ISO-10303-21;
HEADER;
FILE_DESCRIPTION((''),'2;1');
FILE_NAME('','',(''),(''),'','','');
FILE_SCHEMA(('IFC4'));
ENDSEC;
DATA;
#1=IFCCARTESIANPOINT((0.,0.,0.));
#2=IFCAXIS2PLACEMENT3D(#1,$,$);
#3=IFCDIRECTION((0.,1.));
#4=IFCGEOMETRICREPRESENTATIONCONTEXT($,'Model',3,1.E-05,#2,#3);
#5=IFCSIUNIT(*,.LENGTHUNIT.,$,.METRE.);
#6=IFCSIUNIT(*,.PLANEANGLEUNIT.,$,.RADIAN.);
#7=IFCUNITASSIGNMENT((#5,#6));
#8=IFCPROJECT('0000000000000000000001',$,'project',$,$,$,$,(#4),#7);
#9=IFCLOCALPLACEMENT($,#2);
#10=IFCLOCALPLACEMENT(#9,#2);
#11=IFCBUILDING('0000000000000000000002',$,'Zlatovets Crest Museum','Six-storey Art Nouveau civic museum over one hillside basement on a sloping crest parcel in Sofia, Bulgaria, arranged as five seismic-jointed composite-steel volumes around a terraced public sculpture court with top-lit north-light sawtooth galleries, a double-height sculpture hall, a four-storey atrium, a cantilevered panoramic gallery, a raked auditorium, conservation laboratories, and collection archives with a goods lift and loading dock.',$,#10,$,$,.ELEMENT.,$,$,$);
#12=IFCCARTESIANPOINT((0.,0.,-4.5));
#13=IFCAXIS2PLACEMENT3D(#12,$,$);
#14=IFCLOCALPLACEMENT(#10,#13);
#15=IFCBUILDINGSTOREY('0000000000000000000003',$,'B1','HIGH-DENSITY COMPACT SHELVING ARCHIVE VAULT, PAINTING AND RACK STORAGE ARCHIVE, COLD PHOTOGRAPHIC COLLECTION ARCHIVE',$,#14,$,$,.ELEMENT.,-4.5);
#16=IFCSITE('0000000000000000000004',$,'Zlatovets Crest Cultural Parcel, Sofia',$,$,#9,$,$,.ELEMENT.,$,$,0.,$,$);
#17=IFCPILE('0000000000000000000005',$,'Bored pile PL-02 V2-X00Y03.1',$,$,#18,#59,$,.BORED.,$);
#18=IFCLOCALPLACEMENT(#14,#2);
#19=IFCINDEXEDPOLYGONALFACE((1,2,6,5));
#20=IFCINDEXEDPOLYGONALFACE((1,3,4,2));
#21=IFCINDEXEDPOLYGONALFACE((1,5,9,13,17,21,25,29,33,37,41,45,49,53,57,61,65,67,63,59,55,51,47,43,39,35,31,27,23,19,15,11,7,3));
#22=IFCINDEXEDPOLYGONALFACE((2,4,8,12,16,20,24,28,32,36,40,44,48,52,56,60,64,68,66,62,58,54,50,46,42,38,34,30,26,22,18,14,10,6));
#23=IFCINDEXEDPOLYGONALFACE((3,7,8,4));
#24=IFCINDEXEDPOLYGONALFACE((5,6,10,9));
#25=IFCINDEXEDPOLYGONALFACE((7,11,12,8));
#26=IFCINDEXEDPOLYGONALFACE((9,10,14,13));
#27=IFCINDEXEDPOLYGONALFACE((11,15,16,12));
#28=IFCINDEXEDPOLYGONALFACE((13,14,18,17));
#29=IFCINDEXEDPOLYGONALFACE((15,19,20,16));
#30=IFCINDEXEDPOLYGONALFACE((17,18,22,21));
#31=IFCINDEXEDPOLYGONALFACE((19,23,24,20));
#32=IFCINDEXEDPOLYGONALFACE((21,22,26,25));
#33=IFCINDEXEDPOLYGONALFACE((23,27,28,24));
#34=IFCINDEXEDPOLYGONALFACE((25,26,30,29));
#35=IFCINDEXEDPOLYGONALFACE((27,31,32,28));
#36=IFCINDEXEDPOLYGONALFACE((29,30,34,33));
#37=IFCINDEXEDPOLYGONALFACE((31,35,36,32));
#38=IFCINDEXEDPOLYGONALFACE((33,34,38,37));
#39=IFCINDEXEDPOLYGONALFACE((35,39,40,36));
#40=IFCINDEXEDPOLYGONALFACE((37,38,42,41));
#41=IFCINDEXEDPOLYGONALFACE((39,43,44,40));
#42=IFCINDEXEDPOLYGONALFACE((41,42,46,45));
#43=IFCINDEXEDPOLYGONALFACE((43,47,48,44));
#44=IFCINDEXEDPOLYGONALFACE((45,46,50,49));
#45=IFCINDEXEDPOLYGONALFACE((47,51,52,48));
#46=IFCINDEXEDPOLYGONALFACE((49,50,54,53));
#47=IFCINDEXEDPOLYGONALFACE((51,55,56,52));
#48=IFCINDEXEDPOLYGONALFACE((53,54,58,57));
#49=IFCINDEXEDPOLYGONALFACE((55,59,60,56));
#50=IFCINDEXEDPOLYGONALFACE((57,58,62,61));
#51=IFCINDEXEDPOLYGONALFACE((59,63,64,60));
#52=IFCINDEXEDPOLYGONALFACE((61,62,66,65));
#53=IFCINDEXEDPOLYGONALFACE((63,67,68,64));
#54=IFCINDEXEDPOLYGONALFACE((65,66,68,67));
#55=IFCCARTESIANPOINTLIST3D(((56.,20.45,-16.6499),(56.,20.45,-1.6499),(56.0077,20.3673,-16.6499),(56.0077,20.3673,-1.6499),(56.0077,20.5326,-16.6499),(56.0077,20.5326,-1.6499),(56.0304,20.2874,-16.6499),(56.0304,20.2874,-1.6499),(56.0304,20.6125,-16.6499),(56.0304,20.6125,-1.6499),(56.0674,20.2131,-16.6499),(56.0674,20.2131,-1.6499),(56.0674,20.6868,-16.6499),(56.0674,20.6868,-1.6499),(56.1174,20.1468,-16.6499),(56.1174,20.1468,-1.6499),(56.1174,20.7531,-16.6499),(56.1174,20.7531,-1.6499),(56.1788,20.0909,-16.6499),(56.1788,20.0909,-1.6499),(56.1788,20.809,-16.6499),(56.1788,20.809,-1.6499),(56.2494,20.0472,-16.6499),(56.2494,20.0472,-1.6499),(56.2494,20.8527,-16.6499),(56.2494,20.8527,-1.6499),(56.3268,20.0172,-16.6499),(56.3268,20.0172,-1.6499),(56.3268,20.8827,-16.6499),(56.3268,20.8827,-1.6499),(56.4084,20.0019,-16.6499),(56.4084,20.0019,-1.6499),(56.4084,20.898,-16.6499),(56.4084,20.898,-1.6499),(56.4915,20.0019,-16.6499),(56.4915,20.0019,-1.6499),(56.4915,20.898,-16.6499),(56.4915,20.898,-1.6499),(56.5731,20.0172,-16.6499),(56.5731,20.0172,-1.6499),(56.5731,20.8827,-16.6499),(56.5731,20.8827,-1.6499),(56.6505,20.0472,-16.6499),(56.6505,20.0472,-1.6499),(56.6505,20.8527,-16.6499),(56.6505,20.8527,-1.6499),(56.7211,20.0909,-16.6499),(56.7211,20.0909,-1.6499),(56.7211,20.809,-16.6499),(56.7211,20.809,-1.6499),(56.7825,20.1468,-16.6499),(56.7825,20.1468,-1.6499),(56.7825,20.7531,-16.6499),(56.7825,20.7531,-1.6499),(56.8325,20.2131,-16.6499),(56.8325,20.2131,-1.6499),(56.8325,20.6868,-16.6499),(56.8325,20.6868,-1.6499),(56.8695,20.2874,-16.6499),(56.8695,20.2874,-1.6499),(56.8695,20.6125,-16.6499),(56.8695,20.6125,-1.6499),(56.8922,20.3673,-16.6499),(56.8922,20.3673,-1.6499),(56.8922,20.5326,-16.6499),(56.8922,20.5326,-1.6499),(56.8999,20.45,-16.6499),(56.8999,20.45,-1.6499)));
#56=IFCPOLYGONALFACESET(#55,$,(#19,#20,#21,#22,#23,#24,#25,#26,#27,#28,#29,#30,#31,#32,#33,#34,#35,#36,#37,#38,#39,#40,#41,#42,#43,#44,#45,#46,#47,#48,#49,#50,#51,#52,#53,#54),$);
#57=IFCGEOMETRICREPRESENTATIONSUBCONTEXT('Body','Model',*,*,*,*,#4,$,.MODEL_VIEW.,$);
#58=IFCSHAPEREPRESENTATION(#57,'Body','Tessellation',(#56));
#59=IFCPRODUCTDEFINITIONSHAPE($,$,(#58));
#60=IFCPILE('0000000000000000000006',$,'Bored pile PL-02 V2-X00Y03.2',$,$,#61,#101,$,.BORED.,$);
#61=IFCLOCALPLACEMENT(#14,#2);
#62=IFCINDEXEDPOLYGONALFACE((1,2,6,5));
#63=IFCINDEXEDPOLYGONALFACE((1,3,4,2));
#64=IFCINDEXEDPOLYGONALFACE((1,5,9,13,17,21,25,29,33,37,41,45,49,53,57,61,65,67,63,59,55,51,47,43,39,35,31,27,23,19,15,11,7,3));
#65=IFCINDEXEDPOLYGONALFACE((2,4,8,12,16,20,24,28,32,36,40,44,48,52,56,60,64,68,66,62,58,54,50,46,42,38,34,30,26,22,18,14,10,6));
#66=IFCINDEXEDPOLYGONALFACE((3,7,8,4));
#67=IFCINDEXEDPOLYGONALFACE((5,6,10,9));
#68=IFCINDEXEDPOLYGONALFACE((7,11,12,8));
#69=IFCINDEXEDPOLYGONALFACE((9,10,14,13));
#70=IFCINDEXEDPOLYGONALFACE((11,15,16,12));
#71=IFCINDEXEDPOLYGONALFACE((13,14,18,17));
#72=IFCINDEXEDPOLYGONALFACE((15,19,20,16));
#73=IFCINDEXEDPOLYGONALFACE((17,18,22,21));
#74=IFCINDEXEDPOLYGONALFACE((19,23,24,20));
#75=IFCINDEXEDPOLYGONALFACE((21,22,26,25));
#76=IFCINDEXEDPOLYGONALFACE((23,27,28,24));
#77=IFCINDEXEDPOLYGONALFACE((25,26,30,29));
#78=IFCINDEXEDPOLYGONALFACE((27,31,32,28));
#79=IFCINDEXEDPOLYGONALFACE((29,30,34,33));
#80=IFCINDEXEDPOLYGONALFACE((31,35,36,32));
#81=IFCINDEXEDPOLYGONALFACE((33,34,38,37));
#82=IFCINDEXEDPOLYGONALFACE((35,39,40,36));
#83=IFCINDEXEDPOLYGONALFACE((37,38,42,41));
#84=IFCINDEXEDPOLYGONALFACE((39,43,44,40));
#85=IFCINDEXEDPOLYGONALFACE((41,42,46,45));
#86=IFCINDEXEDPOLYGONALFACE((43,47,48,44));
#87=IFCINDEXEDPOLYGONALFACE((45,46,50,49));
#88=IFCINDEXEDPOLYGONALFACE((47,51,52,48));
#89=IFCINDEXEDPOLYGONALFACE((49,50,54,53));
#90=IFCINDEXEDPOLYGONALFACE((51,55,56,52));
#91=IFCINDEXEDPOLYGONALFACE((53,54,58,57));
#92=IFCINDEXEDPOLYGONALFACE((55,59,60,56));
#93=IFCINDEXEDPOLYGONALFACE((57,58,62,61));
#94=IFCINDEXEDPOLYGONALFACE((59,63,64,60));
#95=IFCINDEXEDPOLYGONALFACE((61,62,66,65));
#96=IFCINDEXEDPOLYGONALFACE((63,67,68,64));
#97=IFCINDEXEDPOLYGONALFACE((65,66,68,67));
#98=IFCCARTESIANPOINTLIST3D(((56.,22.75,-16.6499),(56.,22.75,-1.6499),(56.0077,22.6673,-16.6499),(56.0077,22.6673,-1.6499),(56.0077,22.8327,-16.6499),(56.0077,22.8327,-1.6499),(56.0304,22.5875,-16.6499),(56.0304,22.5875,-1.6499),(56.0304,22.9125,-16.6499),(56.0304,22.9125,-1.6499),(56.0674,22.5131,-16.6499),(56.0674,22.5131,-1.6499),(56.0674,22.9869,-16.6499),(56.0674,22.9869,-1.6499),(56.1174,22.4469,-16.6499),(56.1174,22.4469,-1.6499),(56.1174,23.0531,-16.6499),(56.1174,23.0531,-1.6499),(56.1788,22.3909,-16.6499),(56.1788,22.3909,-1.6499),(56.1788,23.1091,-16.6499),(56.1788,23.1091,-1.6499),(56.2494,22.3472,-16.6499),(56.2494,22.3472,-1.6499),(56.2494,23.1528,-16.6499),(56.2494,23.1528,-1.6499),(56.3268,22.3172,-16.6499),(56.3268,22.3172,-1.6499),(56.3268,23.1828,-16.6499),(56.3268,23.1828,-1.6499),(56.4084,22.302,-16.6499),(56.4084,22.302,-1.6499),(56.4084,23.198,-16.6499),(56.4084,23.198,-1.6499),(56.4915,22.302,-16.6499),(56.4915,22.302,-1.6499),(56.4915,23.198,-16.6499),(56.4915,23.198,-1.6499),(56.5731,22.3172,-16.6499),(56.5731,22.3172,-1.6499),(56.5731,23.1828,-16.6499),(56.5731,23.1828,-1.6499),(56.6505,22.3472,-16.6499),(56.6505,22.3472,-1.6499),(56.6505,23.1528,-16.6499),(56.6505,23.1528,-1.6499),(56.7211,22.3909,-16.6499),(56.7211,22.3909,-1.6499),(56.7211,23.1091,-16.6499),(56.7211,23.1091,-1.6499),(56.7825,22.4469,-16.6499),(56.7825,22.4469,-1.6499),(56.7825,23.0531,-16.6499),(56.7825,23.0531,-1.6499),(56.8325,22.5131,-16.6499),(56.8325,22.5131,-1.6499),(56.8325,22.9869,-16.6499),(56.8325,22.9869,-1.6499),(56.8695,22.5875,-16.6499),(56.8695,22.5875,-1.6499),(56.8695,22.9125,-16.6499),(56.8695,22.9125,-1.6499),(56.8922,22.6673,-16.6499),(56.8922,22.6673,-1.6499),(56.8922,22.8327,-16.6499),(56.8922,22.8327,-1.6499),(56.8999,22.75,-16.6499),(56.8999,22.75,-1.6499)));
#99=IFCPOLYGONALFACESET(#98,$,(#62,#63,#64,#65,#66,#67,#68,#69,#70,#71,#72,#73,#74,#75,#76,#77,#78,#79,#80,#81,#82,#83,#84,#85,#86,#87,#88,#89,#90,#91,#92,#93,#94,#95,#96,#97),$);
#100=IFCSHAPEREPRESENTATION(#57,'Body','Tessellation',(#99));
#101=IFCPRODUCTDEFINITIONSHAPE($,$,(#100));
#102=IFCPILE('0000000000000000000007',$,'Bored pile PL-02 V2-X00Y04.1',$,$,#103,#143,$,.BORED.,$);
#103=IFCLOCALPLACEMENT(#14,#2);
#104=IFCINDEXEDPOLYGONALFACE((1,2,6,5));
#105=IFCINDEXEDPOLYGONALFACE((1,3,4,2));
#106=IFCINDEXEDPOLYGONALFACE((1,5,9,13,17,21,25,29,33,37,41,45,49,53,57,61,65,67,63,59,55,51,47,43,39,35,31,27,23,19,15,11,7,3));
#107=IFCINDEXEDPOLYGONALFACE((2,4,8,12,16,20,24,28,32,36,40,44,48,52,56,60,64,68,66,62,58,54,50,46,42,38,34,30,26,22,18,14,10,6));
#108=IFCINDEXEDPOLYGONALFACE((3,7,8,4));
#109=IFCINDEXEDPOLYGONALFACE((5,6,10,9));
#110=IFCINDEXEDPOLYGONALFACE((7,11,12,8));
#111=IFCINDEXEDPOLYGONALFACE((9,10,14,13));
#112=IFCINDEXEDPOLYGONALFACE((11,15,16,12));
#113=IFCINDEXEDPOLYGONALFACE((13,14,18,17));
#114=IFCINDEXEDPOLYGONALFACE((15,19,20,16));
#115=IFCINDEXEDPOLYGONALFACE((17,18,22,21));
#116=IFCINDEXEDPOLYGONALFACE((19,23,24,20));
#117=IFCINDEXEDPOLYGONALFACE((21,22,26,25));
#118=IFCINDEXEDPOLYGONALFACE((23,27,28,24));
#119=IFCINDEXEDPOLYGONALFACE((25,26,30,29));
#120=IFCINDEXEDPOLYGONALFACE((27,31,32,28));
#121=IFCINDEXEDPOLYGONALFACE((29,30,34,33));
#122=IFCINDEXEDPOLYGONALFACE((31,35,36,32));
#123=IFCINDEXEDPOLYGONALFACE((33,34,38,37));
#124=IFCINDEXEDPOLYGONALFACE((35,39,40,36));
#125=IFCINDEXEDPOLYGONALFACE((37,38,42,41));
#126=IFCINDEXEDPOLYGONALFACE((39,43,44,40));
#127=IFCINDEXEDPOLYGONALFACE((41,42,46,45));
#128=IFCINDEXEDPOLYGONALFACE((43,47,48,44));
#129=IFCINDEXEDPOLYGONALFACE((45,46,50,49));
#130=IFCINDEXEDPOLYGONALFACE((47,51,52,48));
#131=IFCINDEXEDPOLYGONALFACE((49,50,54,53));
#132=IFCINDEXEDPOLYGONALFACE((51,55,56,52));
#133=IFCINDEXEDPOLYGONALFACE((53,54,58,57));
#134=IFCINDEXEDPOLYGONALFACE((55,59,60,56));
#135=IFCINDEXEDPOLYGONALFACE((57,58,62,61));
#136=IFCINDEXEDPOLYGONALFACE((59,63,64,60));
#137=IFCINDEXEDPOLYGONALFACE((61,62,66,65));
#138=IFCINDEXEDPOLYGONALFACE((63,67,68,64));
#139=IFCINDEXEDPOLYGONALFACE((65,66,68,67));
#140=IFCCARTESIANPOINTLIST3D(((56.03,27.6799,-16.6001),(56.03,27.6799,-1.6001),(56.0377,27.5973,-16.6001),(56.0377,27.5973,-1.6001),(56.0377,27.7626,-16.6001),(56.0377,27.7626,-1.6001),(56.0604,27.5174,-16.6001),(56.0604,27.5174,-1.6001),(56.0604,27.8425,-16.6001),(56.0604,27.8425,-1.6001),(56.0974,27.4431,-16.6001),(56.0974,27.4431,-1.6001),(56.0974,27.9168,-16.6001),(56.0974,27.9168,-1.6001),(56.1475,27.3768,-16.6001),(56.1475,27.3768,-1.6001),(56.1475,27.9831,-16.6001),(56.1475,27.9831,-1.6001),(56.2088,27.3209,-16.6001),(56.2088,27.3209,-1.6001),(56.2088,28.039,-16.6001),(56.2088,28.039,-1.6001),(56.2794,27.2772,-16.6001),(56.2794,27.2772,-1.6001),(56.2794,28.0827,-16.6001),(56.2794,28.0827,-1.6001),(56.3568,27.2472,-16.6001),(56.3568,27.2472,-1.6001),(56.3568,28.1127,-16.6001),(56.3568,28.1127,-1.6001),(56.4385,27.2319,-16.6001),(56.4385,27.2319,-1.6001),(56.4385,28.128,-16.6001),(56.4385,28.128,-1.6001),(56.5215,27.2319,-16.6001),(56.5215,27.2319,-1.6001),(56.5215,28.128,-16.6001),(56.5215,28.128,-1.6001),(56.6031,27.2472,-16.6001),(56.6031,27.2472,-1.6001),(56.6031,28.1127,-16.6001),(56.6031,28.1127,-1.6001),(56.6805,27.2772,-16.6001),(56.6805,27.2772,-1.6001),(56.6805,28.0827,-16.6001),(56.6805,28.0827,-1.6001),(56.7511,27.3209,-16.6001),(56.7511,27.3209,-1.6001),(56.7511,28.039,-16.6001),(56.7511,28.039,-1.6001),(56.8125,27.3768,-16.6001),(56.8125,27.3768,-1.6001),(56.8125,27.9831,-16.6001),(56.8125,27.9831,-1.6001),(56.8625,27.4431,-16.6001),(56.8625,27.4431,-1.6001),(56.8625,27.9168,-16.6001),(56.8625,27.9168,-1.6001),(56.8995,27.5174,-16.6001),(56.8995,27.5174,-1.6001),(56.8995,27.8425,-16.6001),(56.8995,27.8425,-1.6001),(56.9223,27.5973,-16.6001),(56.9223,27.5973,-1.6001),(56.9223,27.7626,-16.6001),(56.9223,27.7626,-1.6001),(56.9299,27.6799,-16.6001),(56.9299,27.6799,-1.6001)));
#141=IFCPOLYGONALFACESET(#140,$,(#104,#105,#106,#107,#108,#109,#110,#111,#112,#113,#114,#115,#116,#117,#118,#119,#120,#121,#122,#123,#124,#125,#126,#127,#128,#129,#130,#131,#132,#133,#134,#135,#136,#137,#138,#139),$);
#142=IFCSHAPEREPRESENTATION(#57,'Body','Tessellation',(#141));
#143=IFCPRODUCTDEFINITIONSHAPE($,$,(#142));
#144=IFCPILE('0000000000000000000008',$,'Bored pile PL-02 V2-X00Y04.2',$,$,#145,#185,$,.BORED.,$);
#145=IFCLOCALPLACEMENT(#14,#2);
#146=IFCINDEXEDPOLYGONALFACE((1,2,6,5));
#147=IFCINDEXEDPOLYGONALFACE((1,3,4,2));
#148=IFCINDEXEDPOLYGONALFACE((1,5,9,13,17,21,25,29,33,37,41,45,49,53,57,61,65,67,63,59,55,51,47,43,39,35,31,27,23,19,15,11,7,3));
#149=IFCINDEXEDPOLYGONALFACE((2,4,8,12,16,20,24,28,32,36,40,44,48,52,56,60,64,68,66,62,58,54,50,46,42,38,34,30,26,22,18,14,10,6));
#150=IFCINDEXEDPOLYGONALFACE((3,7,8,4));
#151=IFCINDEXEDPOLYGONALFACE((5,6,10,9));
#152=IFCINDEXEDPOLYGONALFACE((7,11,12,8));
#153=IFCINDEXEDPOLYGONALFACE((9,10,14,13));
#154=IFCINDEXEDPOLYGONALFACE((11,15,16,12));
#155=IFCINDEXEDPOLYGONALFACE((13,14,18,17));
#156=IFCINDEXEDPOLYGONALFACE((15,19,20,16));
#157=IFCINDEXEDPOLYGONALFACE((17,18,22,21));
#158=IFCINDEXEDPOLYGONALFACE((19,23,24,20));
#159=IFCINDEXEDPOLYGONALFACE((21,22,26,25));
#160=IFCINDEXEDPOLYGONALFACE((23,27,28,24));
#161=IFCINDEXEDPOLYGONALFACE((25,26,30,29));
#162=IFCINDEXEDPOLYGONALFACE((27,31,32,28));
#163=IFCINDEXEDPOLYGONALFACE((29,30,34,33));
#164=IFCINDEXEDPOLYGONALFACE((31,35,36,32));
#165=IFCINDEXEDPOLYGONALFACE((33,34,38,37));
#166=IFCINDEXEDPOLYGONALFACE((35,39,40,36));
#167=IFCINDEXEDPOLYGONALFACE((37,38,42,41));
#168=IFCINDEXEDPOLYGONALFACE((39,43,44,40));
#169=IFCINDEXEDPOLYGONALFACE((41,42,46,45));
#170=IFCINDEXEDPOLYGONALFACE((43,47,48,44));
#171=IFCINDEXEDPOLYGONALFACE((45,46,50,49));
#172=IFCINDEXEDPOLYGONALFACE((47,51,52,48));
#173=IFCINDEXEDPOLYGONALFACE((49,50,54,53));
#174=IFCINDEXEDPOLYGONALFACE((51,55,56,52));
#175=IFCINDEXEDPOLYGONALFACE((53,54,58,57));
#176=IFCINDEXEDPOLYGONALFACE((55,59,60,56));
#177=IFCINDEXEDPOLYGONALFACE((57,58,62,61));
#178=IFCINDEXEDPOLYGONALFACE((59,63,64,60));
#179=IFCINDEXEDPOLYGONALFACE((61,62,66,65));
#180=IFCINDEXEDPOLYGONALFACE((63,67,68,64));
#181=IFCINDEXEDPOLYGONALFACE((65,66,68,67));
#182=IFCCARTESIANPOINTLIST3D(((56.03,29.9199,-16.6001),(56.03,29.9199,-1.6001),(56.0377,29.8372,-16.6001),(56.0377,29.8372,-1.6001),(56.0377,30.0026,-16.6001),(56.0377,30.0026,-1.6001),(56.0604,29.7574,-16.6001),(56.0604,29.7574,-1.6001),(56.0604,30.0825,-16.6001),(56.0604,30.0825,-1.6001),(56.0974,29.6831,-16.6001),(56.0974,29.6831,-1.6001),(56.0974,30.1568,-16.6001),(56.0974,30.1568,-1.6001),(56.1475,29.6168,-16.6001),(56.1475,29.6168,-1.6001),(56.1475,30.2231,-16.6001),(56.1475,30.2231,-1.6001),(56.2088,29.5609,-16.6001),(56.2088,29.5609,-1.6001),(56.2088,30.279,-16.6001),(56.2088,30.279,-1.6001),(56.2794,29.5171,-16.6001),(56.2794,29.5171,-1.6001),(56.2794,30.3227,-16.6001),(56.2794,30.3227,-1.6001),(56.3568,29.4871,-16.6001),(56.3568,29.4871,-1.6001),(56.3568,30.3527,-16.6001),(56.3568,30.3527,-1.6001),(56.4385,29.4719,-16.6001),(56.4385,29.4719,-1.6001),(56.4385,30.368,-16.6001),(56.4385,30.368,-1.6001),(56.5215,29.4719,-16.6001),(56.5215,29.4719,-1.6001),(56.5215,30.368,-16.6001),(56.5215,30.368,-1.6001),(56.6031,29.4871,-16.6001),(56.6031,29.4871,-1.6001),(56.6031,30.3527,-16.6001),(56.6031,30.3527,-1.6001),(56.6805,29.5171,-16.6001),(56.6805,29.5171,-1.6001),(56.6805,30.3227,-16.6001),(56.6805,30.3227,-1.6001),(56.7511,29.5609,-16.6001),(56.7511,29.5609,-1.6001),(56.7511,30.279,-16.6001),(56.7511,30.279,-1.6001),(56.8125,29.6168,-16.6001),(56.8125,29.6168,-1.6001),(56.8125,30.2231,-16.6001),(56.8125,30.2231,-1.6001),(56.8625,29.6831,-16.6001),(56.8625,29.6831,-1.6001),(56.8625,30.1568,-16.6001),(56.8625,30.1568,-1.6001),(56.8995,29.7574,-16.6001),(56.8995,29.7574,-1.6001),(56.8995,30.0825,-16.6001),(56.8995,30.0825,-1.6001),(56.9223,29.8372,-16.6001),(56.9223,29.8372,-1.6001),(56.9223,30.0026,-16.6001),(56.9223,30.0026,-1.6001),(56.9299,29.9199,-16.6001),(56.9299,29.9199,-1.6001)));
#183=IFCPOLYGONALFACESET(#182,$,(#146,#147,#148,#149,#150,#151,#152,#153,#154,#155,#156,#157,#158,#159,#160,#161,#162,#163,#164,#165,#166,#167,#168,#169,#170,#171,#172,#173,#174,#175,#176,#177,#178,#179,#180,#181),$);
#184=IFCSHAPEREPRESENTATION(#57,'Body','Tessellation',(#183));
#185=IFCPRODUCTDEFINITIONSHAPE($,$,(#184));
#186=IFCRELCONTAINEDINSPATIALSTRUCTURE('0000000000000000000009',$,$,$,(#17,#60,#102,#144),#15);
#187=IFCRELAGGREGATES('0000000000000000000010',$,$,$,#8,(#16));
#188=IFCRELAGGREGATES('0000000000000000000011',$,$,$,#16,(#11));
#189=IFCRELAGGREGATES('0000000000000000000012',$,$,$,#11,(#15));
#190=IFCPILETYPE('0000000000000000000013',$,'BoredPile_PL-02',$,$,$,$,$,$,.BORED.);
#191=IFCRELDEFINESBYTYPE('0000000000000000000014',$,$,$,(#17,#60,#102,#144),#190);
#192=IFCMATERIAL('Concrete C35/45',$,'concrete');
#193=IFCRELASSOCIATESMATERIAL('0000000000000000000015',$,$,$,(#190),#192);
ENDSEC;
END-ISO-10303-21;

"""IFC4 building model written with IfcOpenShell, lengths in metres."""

from ifc_helpers import new_model, si_unit, direction, frame, origin, origin_2d, place, context, subcontext, project, spatial, circle, extrude, material, material_profile, profile_set, type_object, element, save


model = new_model("IFC4")

# Units and contexts
model_context = context("Model", 3, precision=1e-05, world=origin(), true_north=direction((0.0, 1.0)))
body_context = subcontext(model_context, "Body", "Model", "MODEL_VIEW")
ifc_project = project(units=[si_unit("LENGTHUNIT", "METRE"), si_unit("PLANEANGLEUNIT", "RADIAN")], contexts=[model_context])

# Site, building, storey
site_placement = place(None, origin())
site = spatial("IfcSite", under=ifc_project, at=site_placement, Name="Zlatovets Crest Cultural Parcel, Sofia", CompositionType="ELEMENT", RefElevation=0.0)
building_placement = place(site_placement, origin())
building = spatial("IfcBuilding", under=site, at=building_placement, Name="Zlatovets Crest Museum", Description="Six-storey Art Nouveau civic museum over one hillside basement on a sloping crest parcel in Sofia, Bulgaria, arranged as five seismic-jointed composite-steel volumes around a terraced public sculpture court with top-lit north-light sawtooth galleries, a double-height sculpture hall, a four-storey atrium, a cantilevered panoramic gallery, a raked auditorium, conservation laboratories, and collection archives with a goods lift and loading dock.", CompositionType="ELEMENT")
storey_placement = place(building_placement, frame((0.0, 0.0, -4.5)))
storey = spatial("IfcBuildingStorey", under=building, at=storey_placement, Name="B1", Description="HIGH-DENSITY COMPACT SHELVING ARCHIVE VAULT, PAINTING AND RACK STORAGE ARCHIVE, COLD PHOTOGRAPHIC COLLECTION ARCHIVE", CompositionType="ELEMENT", Elevation=-4.5)

# Piles
ifc_material_1 = material(Name="Concrete C35/45", Category="concrete")
ifc_material_profile_1 = material_profile(ifc_material_1, circle(Radius=0.45, at=origin_2d()), Name="PILE D900")
ifc_profile_set_1 = profile_set([ifc_material_profile_1], Name="Concrete C35/45")
pile_type_1 = type_object("IfcPileType", Name="BoredPile_PL-02", PredefinedType="BORED", material=ifc_profile_set_1)
for number, where, z_axis, x_axis, name in (
    (1, (56.45, 20.45, -1.6499), (0.0, 0.0, -1.0), (1.0, 0.0, 0.0), "Bored pile PL-02 V2-X00Y03.1"),
    (2, (56.45, 22.75, -1.6499), (0.0, 0.0, -1.0), (1.0, 0.0, 0.0), "Bored pile PL-02 V2-X00Y03.2"),
    (3, (56.48, 27.6799, -1.6001), (0.0, 0.0, -1.0), (1.0, 0.0, 0.0), "Bored pile PL-02 V2-X00Y04.1"),
    (4, (56.48, 29.9199, -1.6001), (0.0, 0.0, -1.0), (1.0, 0.0, 0.0), "Bored pile PL-02 V2-X00Y04.2"),
):
    element("IfcPile", number, at=place(storey_placement, frame(where, z_axis=z_axis, x_axis=x_axis)), inside=storey, type_object=pile_type_1, Name=name, PredefinedType="BORED", context=body_context, shape_type="SweptSolid", body=[
        extrude(circle(Radius=0.45, at=origin_2d()), origin(), (0.0, 0.0, 1.0), 15.0),
    ])

save(model, "model.ifc")
